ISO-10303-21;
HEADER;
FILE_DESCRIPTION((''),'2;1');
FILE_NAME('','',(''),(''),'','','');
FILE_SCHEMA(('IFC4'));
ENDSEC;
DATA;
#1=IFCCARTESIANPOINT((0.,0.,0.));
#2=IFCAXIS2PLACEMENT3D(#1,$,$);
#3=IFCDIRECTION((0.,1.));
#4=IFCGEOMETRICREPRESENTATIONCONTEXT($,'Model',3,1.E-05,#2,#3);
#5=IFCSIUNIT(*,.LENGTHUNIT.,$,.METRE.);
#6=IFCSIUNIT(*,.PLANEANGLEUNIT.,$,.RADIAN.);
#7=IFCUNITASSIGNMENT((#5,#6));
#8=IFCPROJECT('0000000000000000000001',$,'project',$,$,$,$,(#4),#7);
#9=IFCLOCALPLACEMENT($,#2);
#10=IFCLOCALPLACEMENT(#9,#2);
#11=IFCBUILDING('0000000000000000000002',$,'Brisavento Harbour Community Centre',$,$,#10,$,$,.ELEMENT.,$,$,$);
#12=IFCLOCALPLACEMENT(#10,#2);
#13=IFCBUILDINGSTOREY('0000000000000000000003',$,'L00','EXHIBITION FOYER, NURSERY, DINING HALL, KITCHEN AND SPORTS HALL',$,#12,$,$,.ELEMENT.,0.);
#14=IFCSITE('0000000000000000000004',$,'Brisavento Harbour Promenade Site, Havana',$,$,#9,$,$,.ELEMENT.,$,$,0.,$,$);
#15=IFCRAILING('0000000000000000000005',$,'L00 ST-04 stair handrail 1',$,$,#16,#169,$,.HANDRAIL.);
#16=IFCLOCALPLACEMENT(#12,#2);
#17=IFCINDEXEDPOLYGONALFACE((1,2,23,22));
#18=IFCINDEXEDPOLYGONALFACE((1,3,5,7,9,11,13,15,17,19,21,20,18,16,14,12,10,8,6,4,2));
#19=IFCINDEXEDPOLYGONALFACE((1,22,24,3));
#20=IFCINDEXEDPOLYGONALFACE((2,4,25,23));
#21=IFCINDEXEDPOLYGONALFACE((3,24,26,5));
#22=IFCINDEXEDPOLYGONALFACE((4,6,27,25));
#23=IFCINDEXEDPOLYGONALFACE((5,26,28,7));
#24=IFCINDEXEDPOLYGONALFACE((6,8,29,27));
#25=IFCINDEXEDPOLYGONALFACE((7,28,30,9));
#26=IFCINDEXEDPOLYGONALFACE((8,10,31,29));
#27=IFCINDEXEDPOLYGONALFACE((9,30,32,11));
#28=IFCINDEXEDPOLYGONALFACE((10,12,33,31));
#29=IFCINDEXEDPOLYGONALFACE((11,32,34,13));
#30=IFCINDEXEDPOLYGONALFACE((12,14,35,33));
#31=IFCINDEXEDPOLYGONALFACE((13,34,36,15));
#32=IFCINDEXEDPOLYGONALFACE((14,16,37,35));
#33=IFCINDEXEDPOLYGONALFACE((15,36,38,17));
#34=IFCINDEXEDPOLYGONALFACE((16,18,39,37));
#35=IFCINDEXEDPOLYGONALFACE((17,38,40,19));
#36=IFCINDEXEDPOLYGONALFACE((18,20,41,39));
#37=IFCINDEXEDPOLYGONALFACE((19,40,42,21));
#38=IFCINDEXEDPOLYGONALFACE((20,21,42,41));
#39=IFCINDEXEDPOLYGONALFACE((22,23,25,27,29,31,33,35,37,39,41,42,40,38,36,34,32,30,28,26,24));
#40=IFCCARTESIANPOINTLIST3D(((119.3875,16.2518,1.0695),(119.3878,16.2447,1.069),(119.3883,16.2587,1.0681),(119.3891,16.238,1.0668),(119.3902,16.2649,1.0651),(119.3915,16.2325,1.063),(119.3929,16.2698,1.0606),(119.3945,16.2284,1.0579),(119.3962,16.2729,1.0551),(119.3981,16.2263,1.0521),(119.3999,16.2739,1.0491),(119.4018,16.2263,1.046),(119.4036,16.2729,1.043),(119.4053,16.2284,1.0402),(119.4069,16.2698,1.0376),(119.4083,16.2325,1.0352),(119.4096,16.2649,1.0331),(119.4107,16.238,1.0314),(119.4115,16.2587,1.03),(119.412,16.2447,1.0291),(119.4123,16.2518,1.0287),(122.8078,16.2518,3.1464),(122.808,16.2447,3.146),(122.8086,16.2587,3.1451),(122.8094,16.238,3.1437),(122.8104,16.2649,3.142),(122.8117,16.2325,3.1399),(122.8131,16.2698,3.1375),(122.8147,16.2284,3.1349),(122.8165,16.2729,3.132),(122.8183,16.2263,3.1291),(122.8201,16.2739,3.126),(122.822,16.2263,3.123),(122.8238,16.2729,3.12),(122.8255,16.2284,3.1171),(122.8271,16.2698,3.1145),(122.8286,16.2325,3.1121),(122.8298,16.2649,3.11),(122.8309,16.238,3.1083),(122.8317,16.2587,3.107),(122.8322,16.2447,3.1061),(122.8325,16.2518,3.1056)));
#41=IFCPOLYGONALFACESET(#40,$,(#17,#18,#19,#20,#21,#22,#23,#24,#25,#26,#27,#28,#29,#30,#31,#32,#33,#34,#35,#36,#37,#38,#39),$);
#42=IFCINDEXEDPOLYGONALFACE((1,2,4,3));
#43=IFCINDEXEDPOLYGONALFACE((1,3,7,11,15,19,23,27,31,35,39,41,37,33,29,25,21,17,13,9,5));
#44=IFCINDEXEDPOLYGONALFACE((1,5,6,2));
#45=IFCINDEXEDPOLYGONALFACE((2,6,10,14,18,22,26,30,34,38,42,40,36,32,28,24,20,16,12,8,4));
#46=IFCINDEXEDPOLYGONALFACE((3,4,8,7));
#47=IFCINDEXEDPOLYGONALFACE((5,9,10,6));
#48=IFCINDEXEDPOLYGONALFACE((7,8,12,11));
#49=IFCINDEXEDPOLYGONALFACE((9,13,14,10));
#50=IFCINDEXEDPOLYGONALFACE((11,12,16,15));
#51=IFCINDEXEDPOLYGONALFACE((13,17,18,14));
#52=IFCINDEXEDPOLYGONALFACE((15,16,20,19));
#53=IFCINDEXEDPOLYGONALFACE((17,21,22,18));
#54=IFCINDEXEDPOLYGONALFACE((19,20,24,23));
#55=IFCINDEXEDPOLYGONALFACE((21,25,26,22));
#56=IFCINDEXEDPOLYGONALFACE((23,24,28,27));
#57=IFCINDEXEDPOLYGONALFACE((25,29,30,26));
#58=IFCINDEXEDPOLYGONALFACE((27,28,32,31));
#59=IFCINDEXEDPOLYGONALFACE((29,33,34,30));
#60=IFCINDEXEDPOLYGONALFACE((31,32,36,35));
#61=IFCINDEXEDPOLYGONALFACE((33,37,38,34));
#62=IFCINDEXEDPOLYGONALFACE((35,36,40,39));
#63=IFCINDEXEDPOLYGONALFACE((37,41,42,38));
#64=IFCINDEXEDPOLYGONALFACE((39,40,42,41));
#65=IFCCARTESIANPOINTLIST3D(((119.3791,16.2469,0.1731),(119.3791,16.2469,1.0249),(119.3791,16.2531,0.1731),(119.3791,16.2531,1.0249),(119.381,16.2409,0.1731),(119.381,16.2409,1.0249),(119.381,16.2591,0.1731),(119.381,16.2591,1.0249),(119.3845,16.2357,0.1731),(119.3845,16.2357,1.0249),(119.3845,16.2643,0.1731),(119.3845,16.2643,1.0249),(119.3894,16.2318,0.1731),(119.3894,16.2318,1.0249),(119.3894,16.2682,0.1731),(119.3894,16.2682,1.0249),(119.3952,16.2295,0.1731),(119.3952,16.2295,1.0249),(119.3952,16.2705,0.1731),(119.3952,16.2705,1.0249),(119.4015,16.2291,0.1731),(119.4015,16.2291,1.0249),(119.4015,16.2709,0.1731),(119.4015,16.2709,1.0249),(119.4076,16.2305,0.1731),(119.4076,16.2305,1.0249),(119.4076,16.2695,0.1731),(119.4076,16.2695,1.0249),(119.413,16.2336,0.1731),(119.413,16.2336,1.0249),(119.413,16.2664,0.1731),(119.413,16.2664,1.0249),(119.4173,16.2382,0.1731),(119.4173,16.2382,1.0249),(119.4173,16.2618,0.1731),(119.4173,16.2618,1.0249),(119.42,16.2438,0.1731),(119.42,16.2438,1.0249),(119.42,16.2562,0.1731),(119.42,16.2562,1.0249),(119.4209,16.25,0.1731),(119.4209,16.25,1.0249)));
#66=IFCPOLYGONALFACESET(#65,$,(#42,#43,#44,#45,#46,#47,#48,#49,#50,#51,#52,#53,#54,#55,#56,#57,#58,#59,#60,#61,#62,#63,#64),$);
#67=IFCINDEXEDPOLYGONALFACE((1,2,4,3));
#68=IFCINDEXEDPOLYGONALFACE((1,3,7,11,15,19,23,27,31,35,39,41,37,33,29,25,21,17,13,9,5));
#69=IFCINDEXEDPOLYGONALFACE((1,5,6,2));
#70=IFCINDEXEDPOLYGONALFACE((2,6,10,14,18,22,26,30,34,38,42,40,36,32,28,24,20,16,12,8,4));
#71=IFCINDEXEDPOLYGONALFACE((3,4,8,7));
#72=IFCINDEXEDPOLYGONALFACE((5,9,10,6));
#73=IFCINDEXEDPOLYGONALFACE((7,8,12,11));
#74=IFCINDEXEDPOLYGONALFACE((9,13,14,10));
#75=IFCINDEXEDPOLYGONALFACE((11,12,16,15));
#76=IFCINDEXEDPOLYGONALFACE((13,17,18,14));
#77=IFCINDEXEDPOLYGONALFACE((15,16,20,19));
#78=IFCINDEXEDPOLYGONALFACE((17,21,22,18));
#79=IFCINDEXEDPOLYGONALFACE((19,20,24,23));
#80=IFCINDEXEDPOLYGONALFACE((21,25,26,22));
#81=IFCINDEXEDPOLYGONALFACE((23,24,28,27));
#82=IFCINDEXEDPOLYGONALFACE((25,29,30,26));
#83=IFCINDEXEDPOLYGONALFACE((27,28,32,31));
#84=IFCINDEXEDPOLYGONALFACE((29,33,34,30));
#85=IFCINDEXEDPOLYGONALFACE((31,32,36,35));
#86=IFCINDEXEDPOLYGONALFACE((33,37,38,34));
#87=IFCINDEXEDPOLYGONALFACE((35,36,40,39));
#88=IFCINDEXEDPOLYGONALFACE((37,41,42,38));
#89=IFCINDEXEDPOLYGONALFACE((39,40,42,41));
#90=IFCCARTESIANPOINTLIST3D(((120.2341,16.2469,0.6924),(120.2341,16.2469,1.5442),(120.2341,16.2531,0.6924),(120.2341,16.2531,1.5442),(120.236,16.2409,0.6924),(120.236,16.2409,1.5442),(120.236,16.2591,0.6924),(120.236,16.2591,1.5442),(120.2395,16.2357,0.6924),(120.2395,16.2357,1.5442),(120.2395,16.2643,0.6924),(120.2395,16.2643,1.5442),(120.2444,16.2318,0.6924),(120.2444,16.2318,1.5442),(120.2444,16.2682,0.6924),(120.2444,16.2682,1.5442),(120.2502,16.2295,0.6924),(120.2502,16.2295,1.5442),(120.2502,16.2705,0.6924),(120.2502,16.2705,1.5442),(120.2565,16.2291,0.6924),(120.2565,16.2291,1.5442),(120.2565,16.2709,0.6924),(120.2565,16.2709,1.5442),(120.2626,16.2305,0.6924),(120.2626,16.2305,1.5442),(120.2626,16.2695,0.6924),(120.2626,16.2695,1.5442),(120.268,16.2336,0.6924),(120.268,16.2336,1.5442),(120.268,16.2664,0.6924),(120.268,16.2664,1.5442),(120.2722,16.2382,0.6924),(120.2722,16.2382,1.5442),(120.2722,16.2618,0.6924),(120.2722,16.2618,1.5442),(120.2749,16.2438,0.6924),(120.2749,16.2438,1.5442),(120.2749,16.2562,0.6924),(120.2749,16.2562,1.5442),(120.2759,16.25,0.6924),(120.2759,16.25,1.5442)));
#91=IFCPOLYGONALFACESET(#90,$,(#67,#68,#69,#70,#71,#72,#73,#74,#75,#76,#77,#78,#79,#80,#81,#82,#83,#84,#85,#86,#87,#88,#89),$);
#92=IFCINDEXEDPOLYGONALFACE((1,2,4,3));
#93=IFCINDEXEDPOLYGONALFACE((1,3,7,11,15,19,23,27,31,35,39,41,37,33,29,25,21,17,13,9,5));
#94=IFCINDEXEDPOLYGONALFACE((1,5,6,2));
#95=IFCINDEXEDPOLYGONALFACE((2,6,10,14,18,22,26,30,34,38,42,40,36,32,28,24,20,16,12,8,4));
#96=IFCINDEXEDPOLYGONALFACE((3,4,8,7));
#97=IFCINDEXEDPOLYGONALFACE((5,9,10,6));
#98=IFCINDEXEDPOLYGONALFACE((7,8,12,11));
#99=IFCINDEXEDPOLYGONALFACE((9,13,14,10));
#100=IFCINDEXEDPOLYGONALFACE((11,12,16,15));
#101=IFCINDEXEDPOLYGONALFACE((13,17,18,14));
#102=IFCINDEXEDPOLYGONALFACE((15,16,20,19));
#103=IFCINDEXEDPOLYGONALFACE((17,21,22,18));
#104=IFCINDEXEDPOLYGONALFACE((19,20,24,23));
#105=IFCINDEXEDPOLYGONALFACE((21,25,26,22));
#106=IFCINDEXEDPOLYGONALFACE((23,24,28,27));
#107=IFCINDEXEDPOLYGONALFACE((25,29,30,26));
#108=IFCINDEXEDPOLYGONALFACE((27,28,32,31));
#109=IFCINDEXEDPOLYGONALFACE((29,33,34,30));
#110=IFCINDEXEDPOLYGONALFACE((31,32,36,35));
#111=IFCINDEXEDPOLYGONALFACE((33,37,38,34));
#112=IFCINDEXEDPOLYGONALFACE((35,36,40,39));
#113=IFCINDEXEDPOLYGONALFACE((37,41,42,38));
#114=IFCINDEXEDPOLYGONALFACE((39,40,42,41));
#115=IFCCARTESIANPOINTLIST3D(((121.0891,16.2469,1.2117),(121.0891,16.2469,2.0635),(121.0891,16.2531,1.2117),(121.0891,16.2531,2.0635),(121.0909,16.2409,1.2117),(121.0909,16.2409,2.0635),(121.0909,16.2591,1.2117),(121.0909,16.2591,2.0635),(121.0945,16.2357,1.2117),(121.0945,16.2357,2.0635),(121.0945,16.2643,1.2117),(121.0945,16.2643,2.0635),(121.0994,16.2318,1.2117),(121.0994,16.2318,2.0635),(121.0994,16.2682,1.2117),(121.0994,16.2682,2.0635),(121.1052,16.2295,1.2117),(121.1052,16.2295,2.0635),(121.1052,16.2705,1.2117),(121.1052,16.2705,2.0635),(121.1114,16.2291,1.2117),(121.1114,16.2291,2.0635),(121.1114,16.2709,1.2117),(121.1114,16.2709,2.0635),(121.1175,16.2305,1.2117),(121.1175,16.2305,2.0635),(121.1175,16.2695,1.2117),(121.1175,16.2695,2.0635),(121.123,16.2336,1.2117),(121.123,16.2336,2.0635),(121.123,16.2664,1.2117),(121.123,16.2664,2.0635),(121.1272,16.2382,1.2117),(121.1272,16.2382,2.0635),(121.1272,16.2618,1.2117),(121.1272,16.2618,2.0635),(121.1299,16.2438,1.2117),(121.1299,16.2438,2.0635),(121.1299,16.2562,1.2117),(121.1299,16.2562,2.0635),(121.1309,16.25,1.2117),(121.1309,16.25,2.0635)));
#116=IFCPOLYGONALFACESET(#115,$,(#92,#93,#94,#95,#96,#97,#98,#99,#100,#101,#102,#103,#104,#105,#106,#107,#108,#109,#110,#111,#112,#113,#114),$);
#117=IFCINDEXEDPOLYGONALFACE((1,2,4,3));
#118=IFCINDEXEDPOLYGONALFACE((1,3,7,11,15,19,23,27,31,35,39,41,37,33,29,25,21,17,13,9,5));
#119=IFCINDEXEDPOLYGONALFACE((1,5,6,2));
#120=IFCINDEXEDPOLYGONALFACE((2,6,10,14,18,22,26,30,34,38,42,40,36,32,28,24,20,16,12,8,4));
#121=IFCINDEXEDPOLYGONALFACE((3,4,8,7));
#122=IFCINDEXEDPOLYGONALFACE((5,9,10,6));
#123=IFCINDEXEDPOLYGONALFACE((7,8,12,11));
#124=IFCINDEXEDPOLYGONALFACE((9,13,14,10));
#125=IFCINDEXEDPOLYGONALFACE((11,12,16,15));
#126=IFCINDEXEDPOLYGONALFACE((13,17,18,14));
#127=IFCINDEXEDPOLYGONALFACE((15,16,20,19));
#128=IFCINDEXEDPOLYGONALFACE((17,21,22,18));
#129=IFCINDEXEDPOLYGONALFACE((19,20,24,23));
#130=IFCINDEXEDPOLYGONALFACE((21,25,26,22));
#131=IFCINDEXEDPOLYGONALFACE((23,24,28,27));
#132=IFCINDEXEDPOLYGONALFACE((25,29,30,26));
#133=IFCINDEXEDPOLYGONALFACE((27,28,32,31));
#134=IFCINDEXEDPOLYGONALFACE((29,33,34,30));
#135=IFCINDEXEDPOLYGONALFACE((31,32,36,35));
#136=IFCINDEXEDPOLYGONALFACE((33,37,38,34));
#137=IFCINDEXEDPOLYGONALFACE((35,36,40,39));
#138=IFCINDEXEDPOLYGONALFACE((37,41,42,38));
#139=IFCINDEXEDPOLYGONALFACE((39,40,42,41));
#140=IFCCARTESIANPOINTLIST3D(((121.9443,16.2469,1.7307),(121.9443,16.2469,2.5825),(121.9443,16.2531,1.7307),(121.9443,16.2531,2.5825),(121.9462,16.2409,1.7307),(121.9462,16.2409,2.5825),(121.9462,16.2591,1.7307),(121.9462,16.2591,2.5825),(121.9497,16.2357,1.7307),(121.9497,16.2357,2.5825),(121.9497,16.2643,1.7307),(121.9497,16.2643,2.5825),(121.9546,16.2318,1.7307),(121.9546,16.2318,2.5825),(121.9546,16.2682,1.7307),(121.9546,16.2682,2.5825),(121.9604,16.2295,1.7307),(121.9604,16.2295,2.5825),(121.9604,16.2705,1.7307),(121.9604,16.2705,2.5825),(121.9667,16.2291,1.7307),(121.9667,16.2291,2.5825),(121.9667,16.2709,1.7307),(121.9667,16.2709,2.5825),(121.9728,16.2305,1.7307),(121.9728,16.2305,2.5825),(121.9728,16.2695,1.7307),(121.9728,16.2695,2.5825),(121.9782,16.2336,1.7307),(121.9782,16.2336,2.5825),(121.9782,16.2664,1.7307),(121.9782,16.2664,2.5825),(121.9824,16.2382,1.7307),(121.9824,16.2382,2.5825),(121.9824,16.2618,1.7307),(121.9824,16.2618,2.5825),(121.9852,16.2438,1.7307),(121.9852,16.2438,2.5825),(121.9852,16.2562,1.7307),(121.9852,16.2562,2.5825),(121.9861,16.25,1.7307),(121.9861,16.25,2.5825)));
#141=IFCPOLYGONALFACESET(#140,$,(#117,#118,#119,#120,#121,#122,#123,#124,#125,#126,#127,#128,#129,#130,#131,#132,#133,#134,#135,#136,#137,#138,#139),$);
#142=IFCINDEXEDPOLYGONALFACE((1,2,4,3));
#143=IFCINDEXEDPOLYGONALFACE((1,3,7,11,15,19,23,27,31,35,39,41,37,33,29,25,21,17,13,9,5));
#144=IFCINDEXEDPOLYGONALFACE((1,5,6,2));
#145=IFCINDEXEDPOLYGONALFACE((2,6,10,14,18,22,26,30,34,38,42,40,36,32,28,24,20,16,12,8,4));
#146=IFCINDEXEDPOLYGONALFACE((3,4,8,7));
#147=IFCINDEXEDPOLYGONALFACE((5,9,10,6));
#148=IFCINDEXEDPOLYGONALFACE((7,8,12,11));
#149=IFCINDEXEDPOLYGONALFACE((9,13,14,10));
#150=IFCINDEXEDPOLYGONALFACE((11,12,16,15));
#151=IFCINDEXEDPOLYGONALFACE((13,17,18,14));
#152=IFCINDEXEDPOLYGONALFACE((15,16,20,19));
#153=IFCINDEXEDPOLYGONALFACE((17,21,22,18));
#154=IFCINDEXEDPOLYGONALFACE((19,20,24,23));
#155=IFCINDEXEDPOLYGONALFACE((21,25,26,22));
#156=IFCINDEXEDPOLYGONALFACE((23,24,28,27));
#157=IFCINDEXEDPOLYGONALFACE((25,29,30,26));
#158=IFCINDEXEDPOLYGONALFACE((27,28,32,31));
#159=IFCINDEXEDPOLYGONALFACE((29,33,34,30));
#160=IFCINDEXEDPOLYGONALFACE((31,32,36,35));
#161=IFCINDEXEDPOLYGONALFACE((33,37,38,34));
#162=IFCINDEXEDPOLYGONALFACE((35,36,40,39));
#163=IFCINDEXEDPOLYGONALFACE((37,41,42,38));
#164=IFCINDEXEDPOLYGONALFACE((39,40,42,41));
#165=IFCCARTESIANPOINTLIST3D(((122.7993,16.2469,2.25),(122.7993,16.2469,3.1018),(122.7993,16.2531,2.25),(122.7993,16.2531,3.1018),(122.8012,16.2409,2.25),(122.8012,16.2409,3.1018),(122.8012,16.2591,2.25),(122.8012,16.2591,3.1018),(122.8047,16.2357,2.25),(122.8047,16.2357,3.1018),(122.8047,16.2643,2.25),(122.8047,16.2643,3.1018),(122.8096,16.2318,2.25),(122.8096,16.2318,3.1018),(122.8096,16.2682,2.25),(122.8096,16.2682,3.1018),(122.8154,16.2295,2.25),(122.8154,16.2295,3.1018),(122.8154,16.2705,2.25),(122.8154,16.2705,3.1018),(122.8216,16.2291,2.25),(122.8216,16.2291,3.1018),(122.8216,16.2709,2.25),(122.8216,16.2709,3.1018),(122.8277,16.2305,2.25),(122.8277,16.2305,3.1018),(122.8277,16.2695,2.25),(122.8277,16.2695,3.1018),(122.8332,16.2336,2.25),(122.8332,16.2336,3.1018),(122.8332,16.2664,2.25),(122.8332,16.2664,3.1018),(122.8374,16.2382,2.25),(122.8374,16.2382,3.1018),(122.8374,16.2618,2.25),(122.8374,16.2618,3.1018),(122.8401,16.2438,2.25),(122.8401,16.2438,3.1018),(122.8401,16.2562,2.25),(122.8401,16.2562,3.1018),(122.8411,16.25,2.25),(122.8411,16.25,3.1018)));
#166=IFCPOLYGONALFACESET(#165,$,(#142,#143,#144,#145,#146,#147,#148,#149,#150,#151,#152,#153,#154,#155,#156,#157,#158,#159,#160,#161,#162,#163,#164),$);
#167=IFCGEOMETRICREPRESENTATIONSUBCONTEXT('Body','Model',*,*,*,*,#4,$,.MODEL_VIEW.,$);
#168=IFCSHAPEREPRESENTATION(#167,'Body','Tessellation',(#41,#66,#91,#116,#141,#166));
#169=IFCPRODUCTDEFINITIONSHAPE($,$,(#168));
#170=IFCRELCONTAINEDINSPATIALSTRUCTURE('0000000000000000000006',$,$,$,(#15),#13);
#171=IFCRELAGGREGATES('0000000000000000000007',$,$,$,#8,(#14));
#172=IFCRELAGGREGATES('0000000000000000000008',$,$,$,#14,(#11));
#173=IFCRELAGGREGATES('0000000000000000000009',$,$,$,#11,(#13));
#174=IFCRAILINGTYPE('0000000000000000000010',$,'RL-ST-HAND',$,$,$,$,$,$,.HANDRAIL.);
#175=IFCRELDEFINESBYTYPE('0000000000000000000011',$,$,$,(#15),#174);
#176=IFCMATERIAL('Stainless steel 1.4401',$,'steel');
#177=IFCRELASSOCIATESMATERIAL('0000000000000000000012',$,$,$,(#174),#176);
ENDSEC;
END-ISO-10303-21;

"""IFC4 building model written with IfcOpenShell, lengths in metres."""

from ifc_helpers import new_model, si_unit, direction, frame, origin, origin_2d, place, context, subcontext, project, spatial, circle, extrude, material, type_object, element, save


model = new_model("IFC4")

# Units and contexts
model_context = context("Model", 3, precision=1e-05, world=origin(), true_north=direction((0.0, 1.0)))
body_context = subcontext(model_context, "Body", "Model", "MODEL_VIEW")
ifc_project = project(units=[si_unit("LENGTHUNIT", "METRE"), si_unit("PLANEANGLEUNIT", "RADIAN")], contexts=[model_context])

# Site, building, storey
site_placement = place(None, origin())
site = spatial("IfcSite", under=ifc_project, at=site_placement, Name="Brisavento Harbour Promenade Site, Havana", CompositionType="ELEMENT", RefElevation=0.0)
building_placement = place(site_placement, origin())
building = spatial("IfcBuilding", under=site, at=building_placement, Name="Brisavento Harbour Community Centre", CompositionType="ELEMENT")
storey_placement = place(building_placement, origin())
storey = spatial("IfcBuildingStorey", under=building, at=storey_placement, Name="L00", Description="EXHIBITION FOYER, NURSERY, DINING HALL, KITCHEN AND SPORTS HALL", CompositionType="ELEMENT", Elevation=0.0)

# Railing
ifc_material_1 = material(Name="Stainless steel 1.4401", Category="steel")
railing_type_1 = type_object("IfcRailingType", Name="RL-ST-HAND", PredefinedType="HANDRAIL", material=ifc_material_1)
railing_1_placement = place(storey_placement, frame((119.3999, 16.25, 0.1731)))
element("IfcRailing", 1, at=railing_1_placement, inside=storey, type_object=railing_type_1, Name="L00 ST-04 stair handrail 1", PredefinedType="HANDRAIL", context=body_context, shape_type="SweptSolid", body=[
    extrude(circle(Radius=0.0239, at=origin_2d()), frame((0.0, 0.0, 0.876), z_axis=(0.854746, 0.0, 0.519047), x_axis=(0.0, 1.0, 0.0)), (0.0, 0.0, 1.0), 4.0015),
    extrude(circle(Radius=0.021, at=origin_2d()), origin(), (0.0, 0.0, 1.0), 0.8518),
    extrude(circle(Radius=0.021, at=origin_2d()), frame((0.855, 0.0, 0.5193)), (0.0, 0.0, 1.0), 0.8518),
    extrude(circle(Radius=0.021, at=origin_2d()), frame((1.71, 0.0, 1.0386)), (0.0, 0.0, 1.0), 0.8518),
    extrude(circle(Radius=0.021, at=origin_2d()), frame((2.5652, 0.0, 1.5576)), (0.0, 0.0, 1.0), 0.8518),
    extrude(circle(Radius=0.021, at=origin_2d()), frame((3.4202, 0.0, 2.0769)), (0.0, 0.0, 1.0), 0.8518),
])

save(model, "model.ifc")
